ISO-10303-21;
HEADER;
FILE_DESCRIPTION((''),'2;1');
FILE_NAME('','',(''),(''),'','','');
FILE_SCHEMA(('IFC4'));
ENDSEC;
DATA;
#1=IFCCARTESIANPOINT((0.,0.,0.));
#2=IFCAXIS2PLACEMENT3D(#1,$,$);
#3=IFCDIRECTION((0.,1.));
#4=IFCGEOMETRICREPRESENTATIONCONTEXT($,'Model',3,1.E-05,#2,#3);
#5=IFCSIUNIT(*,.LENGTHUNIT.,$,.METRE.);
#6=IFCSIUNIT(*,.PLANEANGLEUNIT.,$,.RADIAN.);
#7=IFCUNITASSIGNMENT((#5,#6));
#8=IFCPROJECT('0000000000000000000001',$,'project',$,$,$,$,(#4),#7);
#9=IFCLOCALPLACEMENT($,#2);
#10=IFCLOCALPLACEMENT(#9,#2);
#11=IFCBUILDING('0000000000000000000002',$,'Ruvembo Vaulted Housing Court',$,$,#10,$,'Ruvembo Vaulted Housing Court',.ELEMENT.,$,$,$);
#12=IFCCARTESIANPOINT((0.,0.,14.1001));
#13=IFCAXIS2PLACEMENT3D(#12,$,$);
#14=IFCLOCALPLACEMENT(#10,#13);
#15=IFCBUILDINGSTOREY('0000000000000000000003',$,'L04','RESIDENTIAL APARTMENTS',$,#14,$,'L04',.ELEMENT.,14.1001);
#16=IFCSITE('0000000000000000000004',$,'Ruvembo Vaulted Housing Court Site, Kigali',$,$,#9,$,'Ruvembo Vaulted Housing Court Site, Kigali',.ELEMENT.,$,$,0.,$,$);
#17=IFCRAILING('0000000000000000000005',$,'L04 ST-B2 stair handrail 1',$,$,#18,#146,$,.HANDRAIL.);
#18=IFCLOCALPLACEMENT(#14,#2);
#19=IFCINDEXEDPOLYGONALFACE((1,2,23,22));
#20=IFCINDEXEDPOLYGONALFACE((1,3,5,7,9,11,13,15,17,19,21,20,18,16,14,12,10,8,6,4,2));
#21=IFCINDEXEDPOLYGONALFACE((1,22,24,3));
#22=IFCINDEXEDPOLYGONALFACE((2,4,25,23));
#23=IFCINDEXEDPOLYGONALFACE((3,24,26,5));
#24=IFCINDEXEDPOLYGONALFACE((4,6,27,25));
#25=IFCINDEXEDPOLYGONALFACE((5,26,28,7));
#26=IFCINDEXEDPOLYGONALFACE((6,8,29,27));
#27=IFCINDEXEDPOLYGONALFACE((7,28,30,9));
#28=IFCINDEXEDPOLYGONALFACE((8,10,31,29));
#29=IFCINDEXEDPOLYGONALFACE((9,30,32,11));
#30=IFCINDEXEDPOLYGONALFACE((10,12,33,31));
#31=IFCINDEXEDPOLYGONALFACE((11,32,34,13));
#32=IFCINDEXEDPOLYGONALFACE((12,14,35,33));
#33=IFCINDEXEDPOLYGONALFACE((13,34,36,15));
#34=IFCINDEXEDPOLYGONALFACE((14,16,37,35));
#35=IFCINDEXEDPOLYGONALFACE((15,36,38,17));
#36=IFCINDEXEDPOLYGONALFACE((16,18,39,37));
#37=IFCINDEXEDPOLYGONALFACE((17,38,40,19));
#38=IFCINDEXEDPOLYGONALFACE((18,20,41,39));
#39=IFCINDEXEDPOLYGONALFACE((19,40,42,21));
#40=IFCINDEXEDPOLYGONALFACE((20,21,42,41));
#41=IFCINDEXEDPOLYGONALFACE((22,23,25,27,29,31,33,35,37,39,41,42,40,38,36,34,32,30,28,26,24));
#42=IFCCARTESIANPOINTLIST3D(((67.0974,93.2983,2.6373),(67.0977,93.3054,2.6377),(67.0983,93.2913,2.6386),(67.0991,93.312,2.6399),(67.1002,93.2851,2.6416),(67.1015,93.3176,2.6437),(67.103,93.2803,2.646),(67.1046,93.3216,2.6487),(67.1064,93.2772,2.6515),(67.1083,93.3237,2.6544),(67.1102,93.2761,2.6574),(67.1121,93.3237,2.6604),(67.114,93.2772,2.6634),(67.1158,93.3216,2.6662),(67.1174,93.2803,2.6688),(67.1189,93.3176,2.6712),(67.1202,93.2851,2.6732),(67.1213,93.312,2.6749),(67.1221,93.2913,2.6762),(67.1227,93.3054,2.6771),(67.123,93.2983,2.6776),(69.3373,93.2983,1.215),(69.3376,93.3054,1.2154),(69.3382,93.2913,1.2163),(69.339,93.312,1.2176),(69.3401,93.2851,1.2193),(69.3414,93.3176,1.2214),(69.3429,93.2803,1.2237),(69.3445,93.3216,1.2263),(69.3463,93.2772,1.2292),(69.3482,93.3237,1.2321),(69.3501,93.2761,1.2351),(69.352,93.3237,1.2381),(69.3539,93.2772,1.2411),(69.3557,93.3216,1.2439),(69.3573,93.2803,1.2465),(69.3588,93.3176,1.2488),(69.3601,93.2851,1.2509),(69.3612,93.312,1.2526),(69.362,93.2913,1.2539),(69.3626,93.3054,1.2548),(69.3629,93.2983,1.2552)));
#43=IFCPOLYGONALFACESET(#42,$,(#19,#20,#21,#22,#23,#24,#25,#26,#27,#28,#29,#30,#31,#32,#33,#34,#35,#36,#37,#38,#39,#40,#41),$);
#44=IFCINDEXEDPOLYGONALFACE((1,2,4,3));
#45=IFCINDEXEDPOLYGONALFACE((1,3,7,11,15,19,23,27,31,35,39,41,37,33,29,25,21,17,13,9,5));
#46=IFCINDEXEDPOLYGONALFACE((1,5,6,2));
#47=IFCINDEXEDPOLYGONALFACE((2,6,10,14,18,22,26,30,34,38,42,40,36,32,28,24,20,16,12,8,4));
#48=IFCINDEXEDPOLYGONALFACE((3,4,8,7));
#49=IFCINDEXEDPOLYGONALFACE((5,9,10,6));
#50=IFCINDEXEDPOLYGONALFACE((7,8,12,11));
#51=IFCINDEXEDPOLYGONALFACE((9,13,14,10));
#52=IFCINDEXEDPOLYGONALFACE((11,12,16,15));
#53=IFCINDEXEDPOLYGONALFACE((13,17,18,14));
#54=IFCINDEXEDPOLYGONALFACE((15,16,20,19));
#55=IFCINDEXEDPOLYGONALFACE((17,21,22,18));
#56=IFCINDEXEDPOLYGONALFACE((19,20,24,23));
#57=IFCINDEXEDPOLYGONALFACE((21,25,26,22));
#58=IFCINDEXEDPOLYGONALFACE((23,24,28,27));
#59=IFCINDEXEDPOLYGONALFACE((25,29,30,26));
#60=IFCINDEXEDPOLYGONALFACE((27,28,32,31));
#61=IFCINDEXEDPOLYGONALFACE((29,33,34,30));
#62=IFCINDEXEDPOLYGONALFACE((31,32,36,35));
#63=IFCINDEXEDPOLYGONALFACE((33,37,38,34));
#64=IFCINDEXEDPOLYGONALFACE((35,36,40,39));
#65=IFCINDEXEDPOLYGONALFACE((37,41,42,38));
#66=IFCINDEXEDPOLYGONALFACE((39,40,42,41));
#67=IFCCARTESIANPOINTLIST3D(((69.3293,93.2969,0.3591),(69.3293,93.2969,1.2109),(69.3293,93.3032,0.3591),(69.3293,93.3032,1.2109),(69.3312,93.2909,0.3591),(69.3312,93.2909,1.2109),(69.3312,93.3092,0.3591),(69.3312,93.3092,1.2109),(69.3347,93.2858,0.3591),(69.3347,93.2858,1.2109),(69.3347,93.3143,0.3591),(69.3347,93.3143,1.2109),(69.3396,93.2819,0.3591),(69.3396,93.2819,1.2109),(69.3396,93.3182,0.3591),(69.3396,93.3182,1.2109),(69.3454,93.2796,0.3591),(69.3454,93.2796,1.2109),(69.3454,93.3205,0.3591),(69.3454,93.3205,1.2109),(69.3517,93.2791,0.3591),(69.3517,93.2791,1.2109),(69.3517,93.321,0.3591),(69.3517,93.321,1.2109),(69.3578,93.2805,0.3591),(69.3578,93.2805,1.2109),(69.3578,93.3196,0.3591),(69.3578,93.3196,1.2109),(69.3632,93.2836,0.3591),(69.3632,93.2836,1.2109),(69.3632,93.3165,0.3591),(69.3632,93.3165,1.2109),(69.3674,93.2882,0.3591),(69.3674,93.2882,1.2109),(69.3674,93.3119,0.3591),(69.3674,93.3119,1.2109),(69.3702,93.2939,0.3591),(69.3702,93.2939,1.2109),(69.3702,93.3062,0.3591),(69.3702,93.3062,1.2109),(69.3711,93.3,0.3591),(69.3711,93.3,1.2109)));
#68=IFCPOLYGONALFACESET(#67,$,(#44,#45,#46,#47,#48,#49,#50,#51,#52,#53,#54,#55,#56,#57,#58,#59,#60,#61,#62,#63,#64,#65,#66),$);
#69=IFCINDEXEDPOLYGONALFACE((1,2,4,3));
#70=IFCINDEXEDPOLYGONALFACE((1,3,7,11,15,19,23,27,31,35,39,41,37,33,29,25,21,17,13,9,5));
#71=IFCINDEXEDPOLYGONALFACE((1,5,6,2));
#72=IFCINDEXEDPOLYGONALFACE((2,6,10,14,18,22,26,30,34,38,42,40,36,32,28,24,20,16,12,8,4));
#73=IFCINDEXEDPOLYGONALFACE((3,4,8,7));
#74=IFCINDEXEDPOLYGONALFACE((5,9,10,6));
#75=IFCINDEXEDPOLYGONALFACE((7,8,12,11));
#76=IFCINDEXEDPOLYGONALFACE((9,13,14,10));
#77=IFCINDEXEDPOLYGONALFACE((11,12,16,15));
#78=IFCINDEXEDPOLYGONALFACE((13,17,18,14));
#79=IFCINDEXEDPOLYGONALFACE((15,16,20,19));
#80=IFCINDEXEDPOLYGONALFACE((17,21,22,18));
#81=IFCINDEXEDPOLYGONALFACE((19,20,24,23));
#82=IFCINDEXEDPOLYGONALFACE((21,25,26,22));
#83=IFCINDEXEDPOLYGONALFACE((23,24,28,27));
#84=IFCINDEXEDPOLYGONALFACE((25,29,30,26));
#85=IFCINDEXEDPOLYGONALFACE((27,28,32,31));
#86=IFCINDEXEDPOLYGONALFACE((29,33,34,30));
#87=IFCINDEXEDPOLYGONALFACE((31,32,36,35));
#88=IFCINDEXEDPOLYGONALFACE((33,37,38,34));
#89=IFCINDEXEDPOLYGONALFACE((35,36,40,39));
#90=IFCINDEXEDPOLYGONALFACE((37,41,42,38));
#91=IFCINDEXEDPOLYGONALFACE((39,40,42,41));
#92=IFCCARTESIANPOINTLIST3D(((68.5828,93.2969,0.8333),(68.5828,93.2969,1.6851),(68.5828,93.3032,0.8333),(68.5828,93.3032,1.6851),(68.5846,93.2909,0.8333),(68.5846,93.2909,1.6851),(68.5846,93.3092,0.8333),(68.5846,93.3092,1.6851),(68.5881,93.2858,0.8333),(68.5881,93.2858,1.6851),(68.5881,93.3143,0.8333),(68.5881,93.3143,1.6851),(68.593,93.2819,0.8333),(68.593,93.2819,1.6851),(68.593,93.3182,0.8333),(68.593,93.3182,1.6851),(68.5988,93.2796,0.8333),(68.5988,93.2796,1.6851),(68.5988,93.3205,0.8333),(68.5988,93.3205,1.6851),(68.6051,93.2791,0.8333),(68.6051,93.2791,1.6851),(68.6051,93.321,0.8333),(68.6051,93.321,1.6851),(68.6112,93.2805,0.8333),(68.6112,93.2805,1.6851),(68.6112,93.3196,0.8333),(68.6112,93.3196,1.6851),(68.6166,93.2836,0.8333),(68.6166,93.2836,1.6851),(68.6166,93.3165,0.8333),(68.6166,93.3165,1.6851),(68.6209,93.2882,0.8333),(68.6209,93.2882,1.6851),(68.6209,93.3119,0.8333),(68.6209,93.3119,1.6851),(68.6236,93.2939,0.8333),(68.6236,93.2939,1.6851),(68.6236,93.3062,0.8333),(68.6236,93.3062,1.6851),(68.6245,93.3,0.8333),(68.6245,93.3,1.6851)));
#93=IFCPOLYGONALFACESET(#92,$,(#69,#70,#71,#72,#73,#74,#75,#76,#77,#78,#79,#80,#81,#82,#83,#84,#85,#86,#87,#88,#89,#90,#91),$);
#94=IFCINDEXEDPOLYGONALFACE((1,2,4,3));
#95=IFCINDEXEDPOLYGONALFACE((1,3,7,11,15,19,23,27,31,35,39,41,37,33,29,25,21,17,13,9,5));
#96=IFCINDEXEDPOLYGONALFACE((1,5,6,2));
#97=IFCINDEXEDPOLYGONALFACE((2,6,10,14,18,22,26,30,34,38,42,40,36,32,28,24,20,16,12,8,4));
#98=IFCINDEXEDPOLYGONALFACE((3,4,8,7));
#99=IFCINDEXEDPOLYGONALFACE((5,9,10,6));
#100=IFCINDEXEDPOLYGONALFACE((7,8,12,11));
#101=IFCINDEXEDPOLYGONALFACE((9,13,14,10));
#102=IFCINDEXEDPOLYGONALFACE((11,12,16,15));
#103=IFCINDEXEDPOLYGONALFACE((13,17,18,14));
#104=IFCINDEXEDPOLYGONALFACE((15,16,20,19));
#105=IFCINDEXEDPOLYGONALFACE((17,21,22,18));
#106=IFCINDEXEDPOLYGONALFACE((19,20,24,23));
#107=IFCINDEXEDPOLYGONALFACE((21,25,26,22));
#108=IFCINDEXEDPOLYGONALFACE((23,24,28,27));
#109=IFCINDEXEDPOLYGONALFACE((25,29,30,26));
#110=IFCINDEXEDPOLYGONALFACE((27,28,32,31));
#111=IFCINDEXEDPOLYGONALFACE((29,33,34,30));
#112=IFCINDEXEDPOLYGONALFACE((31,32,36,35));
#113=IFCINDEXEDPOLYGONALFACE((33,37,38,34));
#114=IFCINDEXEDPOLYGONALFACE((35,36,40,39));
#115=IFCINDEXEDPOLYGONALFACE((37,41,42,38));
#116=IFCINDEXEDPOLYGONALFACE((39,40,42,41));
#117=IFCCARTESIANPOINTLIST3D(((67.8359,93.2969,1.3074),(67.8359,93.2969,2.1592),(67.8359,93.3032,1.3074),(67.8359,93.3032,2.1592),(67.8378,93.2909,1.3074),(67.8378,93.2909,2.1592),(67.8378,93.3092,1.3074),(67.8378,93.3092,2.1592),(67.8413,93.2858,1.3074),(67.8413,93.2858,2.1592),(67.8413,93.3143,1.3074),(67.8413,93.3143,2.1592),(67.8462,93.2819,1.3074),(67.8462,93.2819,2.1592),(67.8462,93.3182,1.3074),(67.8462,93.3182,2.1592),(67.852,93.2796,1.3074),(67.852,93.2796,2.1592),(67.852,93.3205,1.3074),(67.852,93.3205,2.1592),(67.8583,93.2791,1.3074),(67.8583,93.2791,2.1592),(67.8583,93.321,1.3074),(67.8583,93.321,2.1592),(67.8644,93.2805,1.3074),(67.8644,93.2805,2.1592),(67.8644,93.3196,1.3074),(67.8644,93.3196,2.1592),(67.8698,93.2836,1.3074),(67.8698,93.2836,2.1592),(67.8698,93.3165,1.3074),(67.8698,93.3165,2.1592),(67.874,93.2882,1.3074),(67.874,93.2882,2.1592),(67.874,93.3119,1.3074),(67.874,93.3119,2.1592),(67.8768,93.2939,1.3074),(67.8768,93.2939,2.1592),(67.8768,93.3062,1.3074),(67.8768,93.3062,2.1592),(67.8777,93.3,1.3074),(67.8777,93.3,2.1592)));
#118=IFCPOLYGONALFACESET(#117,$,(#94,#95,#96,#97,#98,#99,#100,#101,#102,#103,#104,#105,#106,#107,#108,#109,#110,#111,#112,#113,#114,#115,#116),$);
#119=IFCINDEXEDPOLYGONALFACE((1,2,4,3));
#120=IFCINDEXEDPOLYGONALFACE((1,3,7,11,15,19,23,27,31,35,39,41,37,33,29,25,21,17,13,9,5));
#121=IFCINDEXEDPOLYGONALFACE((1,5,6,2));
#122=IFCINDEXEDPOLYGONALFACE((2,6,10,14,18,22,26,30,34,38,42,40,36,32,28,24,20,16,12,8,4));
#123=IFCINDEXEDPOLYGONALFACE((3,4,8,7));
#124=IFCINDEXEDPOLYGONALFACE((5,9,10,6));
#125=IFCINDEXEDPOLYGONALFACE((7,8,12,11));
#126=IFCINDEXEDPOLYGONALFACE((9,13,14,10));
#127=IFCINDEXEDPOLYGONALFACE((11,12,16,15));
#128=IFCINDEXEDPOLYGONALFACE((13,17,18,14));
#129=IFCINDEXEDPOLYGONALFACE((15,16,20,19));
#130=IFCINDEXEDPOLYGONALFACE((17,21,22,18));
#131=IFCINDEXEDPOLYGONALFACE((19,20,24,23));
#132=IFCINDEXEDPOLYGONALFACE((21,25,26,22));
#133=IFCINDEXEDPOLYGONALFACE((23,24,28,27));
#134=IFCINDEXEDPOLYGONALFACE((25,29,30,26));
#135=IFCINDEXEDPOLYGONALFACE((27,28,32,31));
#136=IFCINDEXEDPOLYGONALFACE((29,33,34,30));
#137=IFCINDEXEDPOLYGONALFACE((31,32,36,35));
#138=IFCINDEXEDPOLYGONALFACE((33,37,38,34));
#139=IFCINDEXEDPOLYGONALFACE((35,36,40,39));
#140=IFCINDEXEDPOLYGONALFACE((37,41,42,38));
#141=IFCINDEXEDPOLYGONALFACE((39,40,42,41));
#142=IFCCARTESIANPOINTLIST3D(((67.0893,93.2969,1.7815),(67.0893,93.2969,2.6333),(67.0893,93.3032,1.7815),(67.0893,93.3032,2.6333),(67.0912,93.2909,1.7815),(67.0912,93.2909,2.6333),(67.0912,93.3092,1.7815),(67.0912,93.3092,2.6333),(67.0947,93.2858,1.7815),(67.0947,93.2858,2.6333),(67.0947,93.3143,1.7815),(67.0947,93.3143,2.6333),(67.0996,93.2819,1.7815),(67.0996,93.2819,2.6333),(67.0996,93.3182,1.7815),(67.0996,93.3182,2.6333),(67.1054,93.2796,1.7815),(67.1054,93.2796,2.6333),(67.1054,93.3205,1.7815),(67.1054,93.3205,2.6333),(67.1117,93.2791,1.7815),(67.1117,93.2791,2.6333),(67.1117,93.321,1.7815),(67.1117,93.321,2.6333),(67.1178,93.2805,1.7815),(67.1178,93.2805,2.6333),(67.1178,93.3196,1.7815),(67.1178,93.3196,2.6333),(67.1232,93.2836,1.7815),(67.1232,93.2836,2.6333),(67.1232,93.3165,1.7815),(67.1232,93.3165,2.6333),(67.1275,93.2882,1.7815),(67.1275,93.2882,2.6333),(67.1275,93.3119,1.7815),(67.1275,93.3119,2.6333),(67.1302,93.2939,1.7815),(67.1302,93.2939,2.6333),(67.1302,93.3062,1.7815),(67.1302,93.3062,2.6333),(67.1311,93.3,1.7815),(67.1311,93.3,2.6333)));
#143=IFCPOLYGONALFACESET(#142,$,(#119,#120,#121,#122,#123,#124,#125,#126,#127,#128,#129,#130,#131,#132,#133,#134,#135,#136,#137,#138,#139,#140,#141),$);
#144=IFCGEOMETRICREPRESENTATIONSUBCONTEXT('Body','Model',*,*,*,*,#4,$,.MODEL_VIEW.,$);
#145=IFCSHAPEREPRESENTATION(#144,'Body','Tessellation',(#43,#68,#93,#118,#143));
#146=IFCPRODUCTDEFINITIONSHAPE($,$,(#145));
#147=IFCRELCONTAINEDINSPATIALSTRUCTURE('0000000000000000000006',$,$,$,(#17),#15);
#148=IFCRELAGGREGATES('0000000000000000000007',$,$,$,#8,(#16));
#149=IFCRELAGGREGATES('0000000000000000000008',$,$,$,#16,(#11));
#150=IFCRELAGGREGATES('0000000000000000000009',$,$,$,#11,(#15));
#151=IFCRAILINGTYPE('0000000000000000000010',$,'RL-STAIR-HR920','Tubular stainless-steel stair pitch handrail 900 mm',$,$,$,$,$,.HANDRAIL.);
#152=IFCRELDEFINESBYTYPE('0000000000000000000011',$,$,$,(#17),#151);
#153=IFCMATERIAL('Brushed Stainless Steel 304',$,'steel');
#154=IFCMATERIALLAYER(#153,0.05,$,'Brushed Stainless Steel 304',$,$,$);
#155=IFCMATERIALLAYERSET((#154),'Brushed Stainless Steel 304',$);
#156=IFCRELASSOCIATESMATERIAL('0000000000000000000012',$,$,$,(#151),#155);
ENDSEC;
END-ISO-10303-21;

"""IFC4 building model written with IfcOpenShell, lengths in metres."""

from ifc_helpers import new_model, si_unit, direction, frame, origin, origin_2d, place, context, subcontext, project, spatial, circle, extrude, material, layer, layer_set, type_object, element, save


model = new_model("IFC4")

# Units and contexts
model_context = context("Model", 3, precision=1e-05, world=origin(), true_north=direction((0.0, 1.0)))
body_context = subcontext(model_context, "Body", "Model", "MODEL_VIEW")
ifc_project = project(units=[si_unit("LENGTHUNIT", "METRE"), si_unit("PLANEANGLEUNIT", "RADIAN")], contexts=[model_context])

# Site, building, storey
site_placement = place(None, origin())
site = spatial("IfcSite", under=ifc_project, at=site_placement, Name="Ruvembo Vaulted Housing Court Site, Kigali", LongName="Ruvembo Vaulted Housing Court Site, Kigali", CompositionType="ELEMENT", RefElevation=0.0)
building_placement = place(site_placement, origin())
building = spatial("IfcBuilding", under=site, at=building_placement, Name="Ruvembo Vaulted Housing Court", LongName="Ruvembo Vaulted Housing Court", CompositionType="ELEMENT")
storey_placement = place(building_placement, frame((0.0, 0.0, 14.1001)))
storey = spatial("IfcBuildingStorey", under=building, at=storey_placement, Name="L04", Description="RESIDENTIAL APARTMENTS", LongName="L04", CompositionType="ELEMENT", Elevation=14.1001)

# Railing
ifc_material_1 = material(Name="Brushed Stainless Steel 304", Category="steel")
ifc_layer_1 = layer(ifc_material_1, 0.05, Name="Brushed Stainless Steel 304")
ifc_layer_set_1 = layer_set([ifc_layer_1], Name="Brushed Stainless Steel 304")
railing_type_1 = type_object("IfcRailingType", Name="RL-STAIR-HR920", Description="Tubular stainless-steel stair pitch handrail 900 mm", PredefinedType="HANDRAIL", material=ifc_layer_set_1)
railing_1_placement = place(storey_placement, frame((69.3501, 93.3, 0.3591)))
element("IfcRailing", 1, at=railing_1_placement, inside=storey, type_object=railing_type_1, Name="L04 ST-B2 stair handrail 1", PredefinedType="HANDRAIL", context=body_context, shape_type="SweptSolid", body=[
    extrude(circle(Radius=0.0239, at=origin_2d()), frame((0.0, 0.0, 0.876), z_axis=(-0.844188, 0.0, 0.536048), x_axis=(0.0, -1.0, 0.0)), (0.0, 0.0, 1.0), 2.6533),
    extrude(circle(Radius=0.021, at=origin_2d()), origin(), (0.0, 0.0, 1.0), 0.8518),
    extrude(circle(Radius=0.021, at=origin_2d()), frame((-0.7466, 0.0, 0.4741)), (0.0, 0.0, 1.0), 0.8518),
    extrude(circle(Radius=0.021, at=origin_2d()), frame((-1.4934, 0.0, 0.9482)), (0.0, 0.0, 1.0), 0.8518),
    extrude(circle(Radius=0.021, at=origin_2d()), frame((-2.24, 0.0, 1.4224)), (0.0, 0.0, 1.0), 0.8518),
])

save(model, "model.ifc")
